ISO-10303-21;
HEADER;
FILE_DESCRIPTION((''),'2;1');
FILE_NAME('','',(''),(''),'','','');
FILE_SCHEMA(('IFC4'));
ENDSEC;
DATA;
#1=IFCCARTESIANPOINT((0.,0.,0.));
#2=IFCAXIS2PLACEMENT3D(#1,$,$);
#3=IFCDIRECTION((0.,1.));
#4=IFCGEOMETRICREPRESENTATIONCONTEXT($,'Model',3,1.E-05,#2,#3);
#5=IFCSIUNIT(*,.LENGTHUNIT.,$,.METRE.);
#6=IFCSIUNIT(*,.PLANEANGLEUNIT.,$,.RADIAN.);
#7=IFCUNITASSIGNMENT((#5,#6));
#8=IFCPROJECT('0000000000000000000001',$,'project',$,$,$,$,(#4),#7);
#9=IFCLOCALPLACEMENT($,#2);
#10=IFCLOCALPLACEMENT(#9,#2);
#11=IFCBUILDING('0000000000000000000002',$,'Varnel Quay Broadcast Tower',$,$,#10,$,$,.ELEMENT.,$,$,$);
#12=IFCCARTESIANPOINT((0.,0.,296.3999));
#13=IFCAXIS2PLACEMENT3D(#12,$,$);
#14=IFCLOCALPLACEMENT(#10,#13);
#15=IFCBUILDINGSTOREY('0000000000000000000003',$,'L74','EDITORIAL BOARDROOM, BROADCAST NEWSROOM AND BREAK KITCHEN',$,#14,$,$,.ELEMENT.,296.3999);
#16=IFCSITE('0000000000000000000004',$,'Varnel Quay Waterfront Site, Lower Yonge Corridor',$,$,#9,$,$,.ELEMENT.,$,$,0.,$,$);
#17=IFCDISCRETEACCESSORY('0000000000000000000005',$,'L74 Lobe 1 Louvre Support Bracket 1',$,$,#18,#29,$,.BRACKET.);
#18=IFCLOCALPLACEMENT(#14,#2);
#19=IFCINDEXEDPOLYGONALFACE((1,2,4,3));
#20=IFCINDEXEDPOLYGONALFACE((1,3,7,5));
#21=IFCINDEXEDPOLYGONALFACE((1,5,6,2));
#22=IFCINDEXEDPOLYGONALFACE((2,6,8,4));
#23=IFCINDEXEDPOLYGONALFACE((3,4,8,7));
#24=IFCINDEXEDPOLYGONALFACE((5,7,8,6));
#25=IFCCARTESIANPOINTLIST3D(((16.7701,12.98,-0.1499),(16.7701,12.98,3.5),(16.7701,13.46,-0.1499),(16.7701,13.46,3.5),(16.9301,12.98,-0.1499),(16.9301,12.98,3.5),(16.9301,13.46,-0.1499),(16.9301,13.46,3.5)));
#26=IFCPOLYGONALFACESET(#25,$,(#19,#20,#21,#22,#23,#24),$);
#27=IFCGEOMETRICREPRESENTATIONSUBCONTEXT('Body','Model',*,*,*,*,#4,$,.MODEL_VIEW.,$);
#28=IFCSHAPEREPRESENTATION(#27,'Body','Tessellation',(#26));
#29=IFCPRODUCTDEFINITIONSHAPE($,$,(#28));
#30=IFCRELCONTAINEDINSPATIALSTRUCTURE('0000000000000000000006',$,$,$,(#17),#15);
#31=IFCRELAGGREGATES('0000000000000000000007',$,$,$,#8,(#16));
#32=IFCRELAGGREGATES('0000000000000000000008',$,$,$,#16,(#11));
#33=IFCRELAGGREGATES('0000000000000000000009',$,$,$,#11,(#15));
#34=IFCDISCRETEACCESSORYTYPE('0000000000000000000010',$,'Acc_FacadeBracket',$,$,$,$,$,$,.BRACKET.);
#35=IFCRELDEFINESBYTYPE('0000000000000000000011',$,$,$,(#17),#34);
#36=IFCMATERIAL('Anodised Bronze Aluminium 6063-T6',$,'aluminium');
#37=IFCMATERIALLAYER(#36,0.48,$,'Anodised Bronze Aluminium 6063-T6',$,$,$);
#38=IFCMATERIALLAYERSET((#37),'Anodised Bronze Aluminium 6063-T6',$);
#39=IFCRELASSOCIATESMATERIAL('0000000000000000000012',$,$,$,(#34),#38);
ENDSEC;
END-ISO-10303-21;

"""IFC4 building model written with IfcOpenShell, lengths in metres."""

from ifc_helpers import new_model, si_unit, direction, frame, origin, origin_2d, place, context, subcontext, project, spatial, rectangle, extrude, source, transform, mapped, material, layer, layer_set, type_object, type_shapes, element, save


model = new_model("IFC4")

# Units and contexts
model_context = context("Model", 3, precision=1e-05, world=origin(), true_north=direction((0.0, 1.0)))
body_context = subcontext(model_context, "Body", "Model", "MODEL_VIEW")
ifc_project = project(units=[si_unit("LENGTHUNIT", "METRE"), si_unit("PLANEANGLEUNIT", "RADIAN")], contexts=[model_context])

# Site, building, storey
site_placement = place(None, origin())
site = spatial("IfcSite", under=ifc_project, at=site_placement, Name="Varnel Quay Waterfront Site, Lower Yonge Corridor", CompositionType="ELEMENT", RefElevation=0.0)
building_placement = place(site_placement, origin())
building = spatial("IfcBuilding", under=site, at=building_placement, Name="Varnel Quay Broadcast Tower", CompositionType="ELEMENT")
storey_placement = place(building_placement, frame((0.0, 0.0, 296.3999)))
storey = spatial("IfcBuildingStorey", under=building, at=storey_placement, Name="L74", Description="EDITORIAL BOARDROOM, BROADCAST NEWSROOM AND BREAK KITCHEN", CompositionType="ELEMENT", Elevation=296.3999)

# Shared definitions
ifc_material_1 = material(Name="Anodised Bronze Aluminium 6063-T6", Category="aluminium")

# Discrete accessory
ifc_layer_1 = layer(ifc_material_1, 0.48, Name="Anodised Bronze Aluminium 6063-T6")
ifc_layer_set_1 = layer_set([ifc_layer_1], Name="Anodised Bronze Aluminium 6063-T6")
discrete_accessory_type = type_object("IfcDiscreteAccessoryType", Name="Acc_FacadeBracket", PredefinedType="BRACKET", material=ifc_layer_set_1)
shared_shape_1 = source(origin(), body_context, "Body", "SweptSolid", [
    extrude(rectangle(XDim=0.1599, YDim=0.48, at=origin_2d()), origin(), (0.0, 0.0, 1.0), 3.6499),
])
type_shapes(discrete_accessory_type, [shared_shape_1])
discrete_accessory_placement = place(storey_placement, frame((16.8501, 13.22, -0.1499), z_axis=(0.0, 0.0, 1.0), x_axis=(1.0, 0.0, 0.0)))
element("IfcDiscreteAccessory", 1, at=discrete_accessory_placement, inside=storey, type_object=discrete_accessory_type, Name="L74 Lobe 1 Louvre Support Bracket 1", PredefinedType="BRACKET", context=body_context, shape_type="MappedRepresentation", body=[
    mapped(shared_shape_1, transform((0.0, 0.0, 0.0), x_axis=(1.0, 0.0, 0.0), y_axis=(0.0, 1.0, 0.0), z_axis=(0.0, 0.0, 1.0), scale=1.0)),
])

save(model, "model.ifc")
